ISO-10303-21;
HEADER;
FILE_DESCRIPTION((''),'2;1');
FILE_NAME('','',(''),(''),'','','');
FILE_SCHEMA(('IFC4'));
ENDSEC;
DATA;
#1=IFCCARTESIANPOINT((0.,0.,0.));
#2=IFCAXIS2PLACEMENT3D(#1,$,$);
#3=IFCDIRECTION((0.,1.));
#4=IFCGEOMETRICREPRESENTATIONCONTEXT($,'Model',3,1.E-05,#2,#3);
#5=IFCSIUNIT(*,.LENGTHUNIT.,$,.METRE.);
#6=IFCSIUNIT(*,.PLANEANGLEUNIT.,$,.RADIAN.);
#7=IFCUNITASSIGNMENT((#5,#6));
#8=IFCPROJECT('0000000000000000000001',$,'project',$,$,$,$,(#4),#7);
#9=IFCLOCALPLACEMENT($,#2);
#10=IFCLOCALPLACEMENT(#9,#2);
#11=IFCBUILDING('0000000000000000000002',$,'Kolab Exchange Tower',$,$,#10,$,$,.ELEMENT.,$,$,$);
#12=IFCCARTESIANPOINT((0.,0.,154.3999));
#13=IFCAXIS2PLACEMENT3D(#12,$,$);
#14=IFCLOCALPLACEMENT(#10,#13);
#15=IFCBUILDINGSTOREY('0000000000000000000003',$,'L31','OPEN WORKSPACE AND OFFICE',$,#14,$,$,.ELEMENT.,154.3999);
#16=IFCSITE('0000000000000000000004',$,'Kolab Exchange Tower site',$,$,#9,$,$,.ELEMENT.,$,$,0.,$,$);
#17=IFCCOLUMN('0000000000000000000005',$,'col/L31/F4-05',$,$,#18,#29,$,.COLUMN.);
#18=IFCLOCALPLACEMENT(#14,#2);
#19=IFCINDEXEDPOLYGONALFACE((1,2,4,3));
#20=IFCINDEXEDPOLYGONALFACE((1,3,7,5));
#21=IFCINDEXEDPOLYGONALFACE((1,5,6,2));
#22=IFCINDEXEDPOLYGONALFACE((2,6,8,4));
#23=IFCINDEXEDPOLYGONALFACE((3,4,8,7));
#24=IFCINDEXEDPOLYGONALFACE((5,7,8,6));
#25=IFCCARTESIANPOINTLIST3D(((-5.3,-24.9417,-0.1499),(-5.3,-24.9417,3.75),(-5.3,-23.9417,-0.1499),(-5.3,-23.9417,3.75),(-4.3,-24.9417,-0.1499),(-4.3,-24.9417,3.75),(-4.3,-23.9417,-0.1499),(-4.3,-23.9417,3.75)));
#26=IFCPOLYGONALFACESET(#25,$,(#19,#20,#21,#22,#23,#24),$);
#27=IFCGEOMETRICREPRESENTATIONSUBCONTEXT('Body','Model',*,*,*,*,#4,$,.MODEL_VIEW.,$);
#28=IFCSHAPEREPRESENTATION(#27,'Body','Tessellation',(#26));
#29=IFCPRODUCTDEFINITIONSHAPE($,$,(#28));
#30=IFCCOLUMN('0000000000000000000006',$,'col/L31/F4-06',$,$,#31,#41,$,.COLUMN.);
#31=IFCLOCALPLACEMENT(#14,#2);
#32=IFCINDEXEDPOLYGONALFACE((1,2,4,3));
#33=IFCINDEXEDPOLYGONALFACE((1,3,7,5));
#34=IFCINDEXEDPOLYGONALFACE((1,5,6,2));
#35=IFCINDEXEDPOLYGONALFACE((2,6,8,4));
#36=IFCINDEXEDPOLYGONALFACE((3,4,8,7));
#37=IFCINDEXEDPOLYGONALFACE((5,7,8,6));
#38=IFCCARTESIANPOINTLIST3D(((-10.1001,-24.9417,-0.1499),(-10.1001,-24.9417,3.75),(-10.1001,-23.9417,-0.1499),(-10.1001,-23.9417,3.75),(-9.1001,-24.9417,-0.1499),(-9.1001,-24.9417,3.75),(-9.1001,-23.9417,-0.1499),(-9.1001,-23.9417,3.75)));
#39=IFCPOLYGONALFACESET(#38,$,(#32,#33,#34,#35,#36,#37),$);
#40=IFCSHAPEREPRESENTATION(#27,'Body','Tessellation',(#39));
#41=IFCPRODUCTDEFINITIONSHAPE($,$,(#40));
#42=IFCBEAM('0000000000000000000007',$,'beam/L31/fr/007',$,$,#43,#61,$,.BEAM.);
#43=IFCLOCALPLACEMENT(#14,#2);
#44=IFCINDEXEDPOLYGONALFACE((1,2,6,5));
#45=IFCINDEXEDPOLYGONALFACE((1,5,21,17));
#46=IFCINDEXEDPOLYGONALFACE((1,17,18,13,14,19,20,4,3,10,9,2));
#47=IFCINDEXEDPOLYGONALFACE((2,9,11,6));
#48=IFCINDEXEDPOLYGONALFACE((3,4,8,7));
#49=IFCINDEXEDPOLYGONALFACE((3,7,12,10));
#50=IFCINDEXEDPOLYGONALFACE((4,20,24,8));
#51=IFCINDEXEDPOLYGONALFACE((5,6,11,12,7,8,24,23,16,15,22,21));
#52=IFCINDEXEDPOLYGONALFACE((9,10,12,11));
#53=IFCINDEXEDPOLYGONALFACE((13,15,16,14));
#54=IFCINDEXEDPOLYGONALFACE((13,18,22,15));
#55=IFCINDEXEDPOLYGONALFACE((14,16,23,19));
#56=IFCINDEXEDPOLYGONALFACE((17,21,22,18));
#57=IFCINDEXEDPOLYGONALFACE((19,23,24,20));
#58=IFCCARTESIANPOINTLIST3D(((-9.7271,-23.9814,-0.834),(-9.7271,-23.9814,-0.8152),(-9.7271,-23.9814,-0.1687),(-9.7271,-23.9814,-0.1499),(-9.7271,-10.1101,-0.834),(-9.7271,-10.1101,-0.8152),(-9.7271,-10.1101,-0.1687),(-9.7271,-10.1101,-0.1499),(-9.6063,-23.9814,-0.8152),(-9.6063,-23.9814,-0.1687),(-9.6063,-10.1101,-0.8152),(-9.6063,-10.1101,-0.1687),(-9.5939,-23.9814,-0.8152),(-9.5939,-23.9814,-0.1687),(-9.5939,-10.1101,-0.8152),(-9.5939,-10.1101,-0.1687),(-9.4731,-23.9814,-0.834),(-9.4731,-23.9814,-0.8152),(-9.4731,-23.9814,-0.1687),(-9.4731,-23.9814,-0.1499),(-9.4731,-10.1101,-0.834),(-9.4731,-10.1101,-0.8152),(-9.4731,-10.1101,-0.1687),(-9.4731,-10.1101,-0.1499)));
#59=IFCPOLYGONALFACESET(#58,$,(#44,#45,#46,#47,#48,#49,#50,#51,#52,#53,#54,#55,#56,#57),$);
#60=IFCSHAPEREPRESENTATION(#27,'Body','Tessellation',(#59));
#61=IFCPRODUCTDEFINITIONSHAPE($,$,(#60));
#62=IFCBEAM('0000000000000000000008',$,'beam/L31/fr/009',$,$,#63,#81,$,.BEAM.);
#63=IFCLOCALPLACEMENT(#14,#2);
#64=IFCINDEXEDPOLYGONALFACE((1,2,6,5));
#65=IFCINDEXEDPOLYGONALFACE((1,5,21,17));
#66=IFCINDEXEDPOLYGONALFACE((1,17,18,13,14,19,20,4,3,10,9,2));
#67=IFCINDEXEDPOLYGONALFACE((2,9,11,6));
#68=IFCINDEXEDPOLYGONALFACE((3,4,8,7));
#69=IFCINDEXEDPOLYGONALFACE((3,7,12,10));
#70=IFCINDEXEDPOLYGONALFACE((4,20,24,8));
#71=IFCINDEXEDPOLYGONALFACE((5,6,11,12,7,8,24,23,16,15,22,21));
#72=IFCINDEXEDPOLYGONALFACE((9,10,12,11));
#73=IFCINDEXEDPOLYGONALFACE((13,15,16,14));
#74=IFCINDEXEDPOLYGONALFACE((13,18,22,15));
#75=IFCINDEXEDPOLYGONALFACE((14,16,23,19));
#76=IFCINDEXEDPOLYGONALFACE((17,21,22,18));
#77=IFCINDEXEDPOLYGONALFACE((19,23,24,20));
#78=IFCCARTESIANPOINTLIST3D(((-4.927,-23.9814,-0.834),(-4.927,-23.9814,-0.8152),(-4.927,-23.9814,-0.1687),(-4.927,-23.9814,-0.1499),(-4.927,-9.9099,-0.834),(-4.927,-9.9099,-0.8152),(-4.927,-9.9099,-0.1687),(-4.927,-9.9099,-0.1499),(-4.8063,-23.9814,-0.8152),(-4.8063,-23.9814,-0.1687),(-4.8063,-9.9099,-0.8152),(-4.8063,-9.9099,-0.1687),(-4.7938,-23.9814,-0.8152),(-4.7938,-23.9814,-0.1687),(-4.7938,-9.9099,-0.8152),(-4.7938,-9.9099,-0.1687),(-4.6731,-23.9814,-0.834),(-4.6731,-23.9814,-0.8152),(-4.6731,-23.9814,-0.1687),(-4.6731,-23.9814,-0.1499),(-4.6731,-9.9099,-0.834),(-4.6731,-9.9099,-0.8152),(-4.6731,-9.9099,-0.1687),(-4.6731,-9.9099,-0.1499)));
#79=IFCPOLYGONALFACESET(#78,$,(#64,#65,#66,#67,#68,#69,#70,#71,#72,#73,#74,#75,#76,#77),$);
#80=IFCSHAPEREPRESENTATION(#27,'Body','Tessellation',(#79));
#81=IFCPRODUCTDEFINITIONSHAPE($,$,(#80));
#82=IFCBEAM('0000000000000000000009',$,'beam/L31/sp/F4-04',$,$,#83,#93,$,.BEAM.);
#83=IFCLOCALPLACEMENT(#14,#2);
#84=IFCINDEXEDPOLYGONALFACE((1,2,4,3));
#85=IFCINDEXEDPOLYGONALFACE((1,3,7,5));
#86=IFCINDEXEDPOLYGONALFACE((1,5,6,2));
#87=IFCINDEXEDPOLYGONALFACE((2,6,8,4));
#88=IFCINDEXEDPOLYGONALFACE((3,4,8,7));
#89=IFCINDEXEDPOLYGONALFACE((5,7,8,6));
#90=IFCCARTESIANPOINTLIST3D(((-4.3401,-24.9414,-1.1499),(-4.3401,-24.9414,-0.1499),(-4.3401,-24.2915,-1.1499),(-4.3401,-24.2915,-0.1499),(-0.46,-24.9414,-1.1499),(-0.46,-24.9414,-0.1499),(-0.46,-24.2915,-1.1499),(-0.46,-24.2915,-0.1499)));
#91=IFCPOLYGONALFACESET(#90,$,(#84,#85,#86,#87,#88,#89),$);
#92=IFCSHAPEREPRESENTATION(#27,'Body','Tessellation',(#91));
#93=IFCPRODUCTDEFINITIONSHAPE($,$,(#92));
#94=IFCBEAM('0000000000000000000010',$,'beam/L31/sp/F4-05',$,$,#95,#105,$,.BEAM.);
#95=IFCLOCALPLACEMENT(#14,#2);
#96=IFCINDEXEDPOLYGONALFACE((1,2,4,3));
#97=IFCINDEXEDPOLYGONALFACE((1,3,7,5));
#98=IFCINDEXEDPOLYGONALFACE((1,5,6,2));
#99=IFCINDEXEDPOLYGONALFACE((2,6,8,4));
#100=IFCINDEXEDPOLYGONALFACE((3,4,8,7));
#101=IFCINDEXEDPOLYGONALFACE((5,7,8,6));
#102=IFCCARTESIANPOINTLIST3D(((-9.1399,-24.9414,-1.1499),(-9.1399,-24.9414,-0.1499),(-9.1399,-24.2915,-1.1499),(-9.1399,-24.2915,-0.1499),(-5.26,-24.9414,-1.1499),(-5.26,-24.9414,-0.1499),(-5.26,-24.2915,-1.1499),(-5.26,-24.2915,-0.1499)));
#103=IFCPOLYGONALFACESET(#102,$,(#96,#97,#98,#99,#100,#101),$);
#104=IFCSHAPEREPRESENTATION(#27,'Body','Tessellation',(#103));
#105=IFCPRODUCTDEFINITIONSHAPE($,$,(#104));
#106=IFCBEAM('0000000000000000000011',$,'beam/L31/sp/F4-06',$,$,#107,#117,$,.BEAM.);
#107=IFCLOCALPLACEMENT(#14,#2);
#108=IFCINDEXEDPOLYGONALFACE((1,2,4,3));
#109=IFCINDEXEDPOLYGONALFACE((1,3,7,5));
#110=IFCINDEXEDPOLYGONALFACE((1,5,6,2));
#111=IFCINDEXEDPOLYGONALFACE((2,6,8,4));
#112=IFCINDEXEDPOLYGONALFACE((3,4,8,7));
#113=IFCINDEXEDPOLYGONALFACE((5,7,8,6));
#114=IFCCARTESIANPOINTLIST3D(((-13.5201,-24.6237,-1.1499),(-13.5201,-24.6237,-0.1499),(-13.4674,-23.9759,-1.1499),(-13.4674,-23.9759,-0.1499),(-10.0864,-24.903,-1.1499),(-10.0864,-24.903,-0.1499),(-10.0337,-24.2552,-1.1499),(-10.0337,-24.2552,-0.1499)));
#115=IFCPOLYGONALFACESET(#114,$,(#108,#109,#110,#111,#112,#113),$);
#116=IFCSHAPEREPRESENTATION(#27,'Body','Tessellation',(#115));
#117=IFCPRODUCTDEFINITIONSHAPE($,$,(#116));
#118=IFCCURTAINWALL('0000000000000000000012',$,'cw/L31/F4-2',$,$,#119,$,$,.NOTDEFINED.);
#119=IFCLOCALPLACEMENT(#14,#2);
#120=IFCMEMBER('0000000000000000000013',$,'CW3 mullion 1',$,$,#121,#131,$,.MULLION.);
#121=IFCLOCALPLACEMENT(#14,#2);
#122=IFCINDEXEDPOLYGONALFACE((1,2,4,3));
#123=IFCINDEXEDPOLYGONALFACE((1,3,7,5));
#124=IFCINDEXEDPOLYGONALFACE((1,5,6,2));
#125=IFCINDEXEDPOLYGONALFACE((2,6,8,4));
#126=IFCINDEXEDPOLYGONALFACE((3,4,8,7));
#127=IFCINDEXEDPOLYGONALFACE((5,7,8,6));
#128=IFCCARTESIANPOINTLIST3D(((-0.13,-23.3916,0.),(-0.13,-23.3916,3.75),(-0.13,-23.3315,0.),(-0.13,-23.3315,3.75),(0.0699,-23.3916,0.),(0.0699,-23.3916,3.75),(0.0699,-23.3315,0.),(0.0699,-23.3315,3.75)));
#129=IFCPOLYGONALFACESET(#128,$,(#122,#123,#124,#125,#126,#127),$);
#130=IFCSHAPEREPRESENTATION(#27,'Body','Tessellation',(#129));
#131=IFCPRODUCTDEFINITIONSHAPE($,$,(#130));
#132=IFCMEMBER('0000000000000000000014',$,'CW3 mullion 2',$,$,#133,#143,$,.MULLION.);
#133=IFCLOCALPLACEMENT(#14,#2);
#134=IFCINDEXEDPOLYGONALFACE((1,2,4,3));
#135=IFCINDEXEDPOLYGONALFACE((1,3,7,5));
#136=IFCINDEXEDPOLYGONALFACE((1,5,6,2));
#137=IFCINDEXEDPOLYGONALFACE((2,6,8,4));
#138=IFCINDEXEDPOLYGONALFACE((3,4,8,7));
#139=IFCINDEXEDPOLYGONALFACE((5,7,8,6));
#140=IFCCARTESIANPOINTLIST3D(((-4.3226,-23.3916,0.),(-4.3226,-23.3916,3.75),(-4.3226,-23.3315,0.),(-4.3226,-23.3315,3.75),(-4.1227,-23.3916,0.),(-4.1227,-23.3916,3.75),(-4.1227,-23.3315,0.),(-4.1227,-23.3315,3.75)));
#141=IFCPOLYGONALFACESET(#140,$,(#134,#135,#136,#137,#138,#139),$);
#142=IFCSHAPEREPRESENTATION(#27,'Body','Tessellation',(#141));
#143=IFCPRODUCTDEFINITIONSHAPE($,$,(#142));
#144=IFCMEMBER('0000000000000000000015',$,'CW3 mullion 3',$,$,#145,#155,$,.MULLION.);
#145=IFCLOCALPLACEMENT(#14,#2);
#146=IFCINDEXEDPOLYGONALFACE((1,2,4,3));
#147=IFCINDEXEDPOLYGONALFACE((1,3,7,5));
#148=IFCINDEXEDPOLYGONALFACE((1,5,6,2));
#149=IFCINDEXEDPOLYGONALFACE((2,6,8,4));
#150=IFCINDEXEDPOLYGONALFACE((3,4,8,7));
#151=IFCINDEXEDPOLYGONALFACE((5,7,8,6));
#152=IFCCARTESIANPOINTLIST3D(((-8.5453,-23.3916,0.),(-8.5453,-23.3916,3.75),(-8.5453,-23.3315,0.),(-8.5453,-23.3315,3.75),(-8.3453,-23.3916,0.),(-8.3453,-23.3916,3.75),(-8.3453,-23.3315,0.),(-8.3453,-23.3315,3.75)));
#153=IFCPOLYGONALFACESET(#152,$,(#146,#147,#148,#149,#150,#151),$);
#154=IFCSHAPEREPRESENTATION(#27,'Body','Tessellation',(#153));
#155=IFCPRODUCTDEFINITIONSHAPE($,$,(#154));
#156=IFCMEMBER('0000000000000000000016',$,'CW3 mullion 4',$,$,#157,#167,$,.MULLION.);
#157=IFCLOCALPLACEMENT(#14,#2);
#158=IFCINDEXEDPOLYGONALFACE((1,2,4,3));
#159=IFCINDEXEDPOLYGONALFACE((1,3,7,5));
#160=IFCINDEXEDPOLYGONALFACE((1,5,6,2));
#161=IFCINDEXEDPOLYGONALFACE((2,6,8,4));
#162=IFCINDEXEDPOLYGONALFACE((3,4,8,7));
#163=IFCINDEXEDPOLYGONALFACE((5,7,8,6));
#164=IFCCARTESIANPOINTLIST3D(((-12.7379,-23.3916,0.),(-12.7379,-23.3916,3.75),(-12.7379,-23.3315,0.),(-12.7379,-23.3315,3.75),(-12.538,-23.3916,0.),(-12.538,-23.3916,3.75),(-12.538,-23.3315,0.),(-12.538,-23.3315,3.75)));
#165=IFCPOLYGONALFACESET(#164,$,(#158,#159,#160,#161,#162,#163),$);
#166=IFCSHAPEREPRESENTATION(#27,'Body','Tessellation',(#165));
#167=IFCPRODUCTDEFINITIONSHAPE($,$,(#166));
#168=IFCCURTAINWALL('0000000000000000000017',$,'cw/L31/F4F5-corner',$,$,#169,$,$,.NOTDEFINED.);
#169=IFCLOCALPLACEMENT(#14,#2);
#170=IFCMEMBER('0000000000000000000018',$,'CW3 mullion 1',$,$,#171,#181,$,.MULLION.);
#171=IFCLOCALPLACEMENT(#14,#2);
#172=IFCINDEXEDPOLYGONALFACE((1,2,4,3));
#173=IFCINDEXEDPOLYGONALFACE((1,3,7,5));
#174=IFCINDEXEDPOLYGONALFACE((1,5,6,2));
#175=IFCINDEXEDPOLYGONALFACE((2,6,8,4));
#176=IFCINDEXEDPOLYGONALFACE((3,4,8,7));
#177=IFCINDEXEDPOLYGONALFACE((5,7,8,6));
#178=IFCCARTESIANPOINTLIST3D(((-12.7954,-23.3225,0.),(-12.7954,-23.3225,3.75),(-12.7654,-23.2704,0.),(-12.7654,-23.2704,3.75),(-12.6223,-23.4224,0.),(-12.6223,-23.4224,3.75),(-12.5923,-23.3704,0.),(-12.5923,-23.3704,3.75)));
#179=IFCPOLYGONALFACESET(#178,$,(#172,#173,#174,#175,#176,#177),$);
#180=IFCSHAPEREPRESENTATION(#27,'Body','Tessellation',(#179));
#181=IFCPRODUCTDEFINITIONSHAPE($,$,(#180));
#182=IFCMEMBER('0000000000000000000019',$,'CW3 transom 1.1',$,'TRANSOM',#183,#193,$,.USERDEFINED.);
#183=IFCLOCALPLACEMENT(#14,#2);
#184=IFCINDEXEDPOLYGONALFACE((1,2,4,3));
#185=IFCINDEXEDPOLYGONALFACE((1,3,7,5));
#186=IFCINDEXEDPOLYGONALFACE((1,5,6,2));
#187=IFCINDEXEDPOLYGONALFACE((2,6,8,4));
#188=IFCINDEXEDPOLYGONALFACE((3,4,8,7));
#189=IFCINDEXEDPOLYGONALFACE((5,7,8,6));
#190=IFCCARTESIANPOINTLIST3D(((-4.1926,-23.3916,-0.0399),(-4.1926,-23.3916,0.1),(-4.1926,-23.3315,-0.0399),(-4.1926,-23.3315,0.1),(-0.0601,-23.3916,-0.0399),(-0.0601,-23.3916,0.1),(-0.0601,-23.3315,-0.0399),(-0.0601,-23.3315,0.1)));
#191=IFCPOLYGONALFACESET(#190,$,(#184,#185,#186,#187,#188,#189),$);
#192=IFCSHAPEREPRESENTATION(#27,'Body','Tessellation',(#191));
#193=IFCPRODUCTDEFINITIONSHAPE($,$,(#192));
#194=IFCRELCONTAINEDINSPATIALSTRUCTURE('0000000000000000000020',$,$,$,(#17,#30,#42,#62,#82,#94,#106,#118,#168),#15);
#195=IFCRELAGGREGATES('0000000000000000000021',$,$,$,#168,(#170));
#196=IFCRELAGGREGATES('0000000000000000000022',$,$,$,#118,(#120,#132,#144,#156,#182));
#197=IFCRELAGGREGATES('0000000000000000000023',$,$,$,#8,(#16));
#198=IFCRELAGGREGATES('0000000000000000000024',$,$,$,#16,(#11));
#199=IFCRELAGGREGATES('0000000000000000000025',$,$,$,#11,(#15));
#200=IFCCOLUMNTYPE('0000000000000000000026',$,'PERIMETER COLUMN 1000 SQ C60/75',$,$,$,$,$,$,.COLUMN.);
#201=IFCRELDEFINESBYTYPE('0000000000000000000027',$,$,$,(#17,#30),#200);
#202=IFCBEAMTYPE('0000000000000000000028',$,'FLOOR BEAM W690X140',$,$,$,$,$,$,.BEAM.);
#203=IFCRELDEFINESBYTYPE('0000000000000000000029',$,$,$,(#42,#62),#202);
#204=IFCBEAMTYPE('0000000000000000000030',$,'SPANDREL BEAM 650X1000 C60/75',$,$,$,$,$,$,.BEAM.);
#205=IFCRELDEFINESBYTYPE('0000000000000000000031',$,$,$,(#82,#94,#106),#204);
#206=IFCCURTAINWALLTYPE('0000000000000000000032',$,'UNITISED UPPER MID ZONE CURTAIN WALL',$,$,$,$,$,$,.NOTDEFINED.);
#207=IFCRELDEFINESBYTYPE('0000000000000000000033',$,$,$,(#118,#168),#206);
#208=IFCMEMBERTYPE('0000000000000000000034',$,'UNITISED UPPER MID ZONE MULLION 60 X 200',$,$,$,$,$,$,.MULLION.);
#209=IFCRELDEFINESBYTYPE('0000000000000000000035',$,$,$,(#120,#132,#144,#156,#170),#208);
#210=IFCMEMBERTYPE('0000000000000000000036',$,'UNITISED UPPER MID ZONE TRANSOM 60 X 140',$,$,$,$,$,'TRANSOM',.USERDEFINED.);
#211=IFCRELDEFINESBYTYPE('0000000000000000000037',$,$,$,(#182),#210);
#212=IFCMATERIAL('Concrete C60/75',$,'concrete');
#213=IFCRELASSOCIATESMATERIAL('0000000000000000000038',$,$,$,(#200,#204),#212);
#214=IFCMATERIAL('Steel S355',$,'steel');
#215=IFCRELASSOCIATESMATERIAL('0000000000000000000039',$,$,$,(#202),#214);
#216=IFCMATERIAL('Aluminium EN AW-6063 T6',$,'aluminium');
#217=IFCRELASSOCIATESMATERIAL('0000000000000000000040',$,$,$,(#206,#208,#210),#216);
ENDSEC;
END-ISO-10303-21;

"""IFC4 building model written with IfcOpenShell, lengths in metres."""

from ifc_helpers import new_model, si_unit, direction, frame, origin, origin_2d, place, context, subcontext, project, spatial, rectangle, i_section, extrude, material, material_profile, profile_set, type_object, element, aggregate, save


model = new_model("IFC4")

# Units and contexts
model_context = context("Model", 3, precision=1e-05, world=origin(), true_north=direction((0.0, 1.0)))
body_context = subcontext(model_context, "Body", "Model", "MODEL_VIEW")
ifc_project = project(units=[si_unit("LENGTHUNIT", "METRE"), si_unit("PLANEANGLEUNIT", "RADIAN")], contexts=[model_context])

# Site, building, storey
site_placement = place(None, origin())
site = spatial("IfcSite", under=ifc_project, at=site_placement, Name="Kolab Exchange Tower site", CompositionType="ELEMENT", RefElevation=0.0)
building_placement = place(site_placement, origin())
building = spatial("IfcBuilding", under=site, at=building_placement, Name="Kolab Exchange Tower", CompositionType="ELEMENT")
storey_placement = place(building_placement, frame((0.0, 0.0, 154.3999)))
storey = spatial("IfcBuildingStorey", under=building, at=storey_placement, Name="L31", Description="OPEN WORKSPACE AND OFFICE", CompositionType="ELEMENT", Elevation=154.3999)

# Columns
ifc_material_1 = material(Name="Concrete C60/75", Category="concrete")
ifc_material_profile_1 = material_profile(ifc_material_1, rectangle(XDim=1.0, YDim=1.0, at=origin_2d()), Name="RC1000")
ifc_profile_set_1 = profile_set([ifc_material_profile_1], Name="Concrete C60/75")
column_type = type_object("IfcColumnType", Name="PERIMETER COLUMN 1000 SQ C60/75", PredefinedType="COLUMN", material=ifc_profile_set_1)
for number, where, z_axis, x_axis, name in (
    (1, (-4.8, -24.4417, -0.1499), (0.0, 0.0, 1.0), (1.0, 0.0, 0.0), "col/L31/F4-05"),
    (2, (-9.6001, -24.4417, -0.1499), (0.0, 0.0, 1.0), (1.0, 0.0, 0.0), "col/L31/F4-06"),
):
    element("IfcColumn", number, at=place(storey_placement, frame(where, z_axis=z_axis, x_axis=x_axis)), inside=storey, type_object=column_type, Name=name, PredefinedType="COLUMN", context=body_context, shape_type="SweptSolid", body=[
        extrude(rectangle(XDim=1.0, YDim=1.0, at=origin_2d()), origin(), (0.0, 0.0, 1.0), 3.8999),
    ])

# Beams
ifc_material_2 = material(Name="Steel S355", Category="steel")
ifc_material_profile_2 = material_profile(ifc_material_2, i_section(OverallWidth=0.2539, OverallDepth=0.6841, WebThickness=0.0125, FlangeThickness=0.0188, at=origin_2d()), Name="W690X140")
ifc_profile_set_2 = profile_set([ifc_material_profile_2], Name="Steel S355")
beam_type_1 = type_object("IfcBeamType", Name="FLOOR BEAM W690X140", PredefinedType="BEAM", material=ifc_profile_set_2)
beam_1_placement = place(storey_placement, frame((-9.6001, -23.9814, -0.4919), z_axis=(0.0, 1.0, 0.0), x_axis=(-1.0, 0.0, 0.0)))
element("IfcBeam", 3, at=beam_1_placement, inside=storey, type_object=beam_type_1, Name="beam/L31/fr/007", PredefinedType="BEAM", context=body_context, shape_type="SweptSolid", body=[
    extrude(i_section(OverallWidth=0.2539, OverallDepth=0.6841, WebThickness=0.0125, FlangeThickness=0.0188, at=origin_2d()), origin(), (0.0, 0.0, 1.0), 13.8713),
])
beam_2_placement = place(storey_placement, frame((-4.8, -23.9814, -0.4919), z_axis=(0.0, 1.0, 0.0), x_axis=(-1.0, 0.0, 0.0)))
element("IfcBeam", 4, at=beam_2_placement, inside=storey, type_object=beam_type_1, Name="beam/L31/fr/009", PredefinedType="BEAM", context=body_context, shape_type="SweptSolid", body=[
    extrude(i_section(OverallWidth=0.2539, OverallDepth=0.6841, WebThickness=0.0125, FlangeThickness=0.0188, at=origin_2d()), origin(), (0.0, 0.0, 1.0), 14.0715),
])
ifc_material_profile_3 = material_profile(ifc_material_1, rectangle(XDim=0.6499, YDim=1.0, at=origin_2d()), Name="RC650X1000")
ifc_profile_set_3 = profile_set([ifc_material_profile_3], Name="Concrete C60/75")
beam_type_2 = type_object("IfcBeamType", Name="SPANDREL BEAM 650X1000 C60/75", PredefinedType="BEAM", material=ifc_profile_set_3)
beam_3_placement = place(storey_placement, frame((-0.46, -24.6165, -0.6499), z_axis=(-1.0, 0.0, 0.0), x_axis=(0.0, -1.0, 0.0)))
element("IfcBeam", 5, at=beam_3_placement, inside=storey, type_object=beam_type_2, Name="beam/L31/sp/F4-04", PredefinedType="BEAM", context=body_context, shape_type="SweptSolid", body=[
    extrude(rectangle(XDim=0.6499, YDim=1.0, at=origin_2d()), origin(), (0.0, 0.0, 1.0), 3.8801),
])
beam_4_placement = place(storey_placement, frame((-5.26, -24.6165, -0.6499), z_axis=(-1.0, 0.0, 0.0), x_axis=(0.0, -1.0, 0.0)))
element("IfcBeam", 6, at=beam_4_placement, inside=storey, type_object=beam_type_2, Name="beam/L31/sp/F4-05", PredefinedType="BEAM", context=body_context, shape_type="SweptSolid", body=[
    extrude(rectangle(XDim=0.6499, YDim=1.0, at=origin_2d()), origin(), (0.0, 0.0, 1.0), 3.8799),
])
beam_5_placement = place(storey_placement, frame((-10.0601, -24.5791, -0.6499), z_axis=(-0.996708, 0.081069, 0.0), x_axis=(-0.081069, -0.996708, 0.0)))
element("IfcBeam", 7, at=beam_5_placement, inside=storey, type_object=beam_type_2, Name="beam/L31/sp/F4-06", PredefinedType="BEAM", context=body_context, shape_type="SweptSolid", body=[
    extrude(rectangle(XDim=0.6499, YDim=1.0, at=origin_2d()), origin(), (0.0, 0.0, 1.0), 3.4451),
])

# Curtain wall, members
ifc_material_3 = material(Name="Aluminium EN AW-6063 T6", Category="aluminium")
curtain_wall_type = type_object("IfcCurtainWallType", Name="UNITISED UPPER MID ZONE CURTAIN WALL", PredefinedType="NOTDEFINED", material=ifc_material_3)
curtain_wall_1_placement = place(storey_placement, origin())
curtain_wall_1 = element("IfcCurtainWall", 8, at=curtain_wall_1_placement, inside=storey, type_object=curtain_wall_type, Name="cw/L31/F4-2", PredefinedType="NOTDEFINED")
ifc_material_profile_4 = material_profile(ifc_material_3, rectangle(XDim=0.0601, YDim=0.2, at=origin_2d()), Name="RECT 60X200")
ifc_profile_set_4 = profile_set([ifc_material_profile_4], Name="Aluminium EN AW-6063 T6")
member_type_1 = type_object("IfcMemberType", Name="UNITISED UPPER MID ZONE MULLION 60 X 200", PredefinedType="MULLION", material=ifc_profile_set_4)
member_1_placement = place(storey_placement, frame((-0.03, -23.3616, 0.0), z_axis=(0.0, 0.0, 1.0), x_axis=(0.0, -1.0, 0.0)))
member_1 = element("IfcMember", 9, at=member_1_placement, type_object=member_type_1, Name="CW3 mullion 1", PredefinedType="MULLION", context=body_context, shape_type="SweptSolid", body=[
    extrude(rectangle(XDim=0.0601, YDim=0.2, at=origin_2d()), origin(), (0.0, 0.0, 1.0), 3.75),
])
member_2_placement = place(storey_placement, frame((-4.2227, -23.3616, 0.0), z_axis=(0.0, 0.0, 1.0), x_axis=(0.0, -1.0, 0.0)))
member_2 = element("IfcMember", 10, at=member_2_placement, type_object=member_type_1, Name="CW3 mullion 2", PredefinedType="MULLION", context=body_context, shape_type="SweptSolid", body=[
    extrude(rectangle(XDim=0.0601, YDim=0.2, at=origin_2d()), origin(), (0.0, 0.0, 1.0), 3.75),
])
member_3_placement = place(storey_placement, frame((-8.4453, -23.3616, 0.0), z_axis=(0.0, 0.0, 1.0), x_axis=(0.0, -1.0, 0.0)))
member_3 = element("IfcMember", 11, at=member_3_placement, type_object=member_type_1, Name="CW3 mullion 3", PredefinedType="MULLION", context=body_context, shape_type="SweptSolid", body=[
    extrude(rectangle(XDim=0.0601, YDim=0.2, at=origin_2d()), origin(), (0.0, 0.0, 1.0), 3.75),
])
member_4_placement = place(storey_placement, frame((-12.6379, -23.3616, 0.0), z_axis=(0.0, 0.0, 1.0), x_axis=(0.0, -1.0, 0.0)))
member_4 = element("IfcMember", 12, at=member_4_placement, type_object=member_type_1, Name="CW3 mullion 4", PredefinedType="MULLION", context=body_context, shape_type="SweptSolid", body=[
    extrude(rectangle(XDim=0.0601, YDim=0.2, at=origin_2d()), origin(), (0.0, 0.0, 1.0), 3.75),
])

# Curtain wall, member
curtain_wall_2_placement = place(storey_placement, origin())
curtain_wall_2 = element("IfcCurtainWall", 13, at=curtain_wall_2_placement, inside=storey, type_object=curtain_wall_type, Name="cw/L31/F4F5-corner", PredefinedType="NOTDEFINED")
member_5_placement = place(storey_placement, frame((-12.6938, -23.3464, 0.0), z_axis=(0.0, 0.0, 1.0), x_axis=(-0.5, -0.866025, 0.0)))
member_5 = element("IfcMember", 14, at=member_5_placement, type_object=member_type_1, Name="CW3 mullion 1", PredefinedType="MULLION", context=body_context, shape_type="SweptSolid", body=[
    extrude(rectangle(XDim=0.0601, YDim=0.2, at=origin_2d()), origin(), (0.0, 0.0, 1.0), 3.75),
])

# Member
ifc_material_profile_5 = material_profile(ifc_material_3, rectangle(XDim=0.0601, YDim=0.1399, at=origin_2d()), Name="RECT 60X140")
ifc_profile_set_5 = profile_set([ifc_material_profile_5], Name="Aluminium EN AW-6063 T6")
member_type_2 = type_object("IfcMemberType", Name="UNITISED UPPER MID ZONE TRANSOM 60 X 140", ElementType="TRANSOM", PredefinedType="USERDEFINED", material=ifc_profile_set_5)
member_6_placement = place(storey_placement, frame((-0.0601, -23.3616, 0.03), z_axis=(-1.0, 0.0, 0.0), x_axis=(0.0, -1.0, 0.0)))
member_6 = element("IfcMember", 15, at=member_6_placement, type_object=member_type_2, Name="CW3 transom 1.1", ObjectType="TRANSOM", PredefinedType="USERDEFINED", context=body_context, shape_type="SweptSolid", body=[
    extrude(rectangle(XDim=0.0601, YDim=0.1399, at=origin_2d()), origin(), (0.0, 0.0, 1.0), 4.1326),
])
aggregate(curtain_wall_2, [member_5])

aggregate(curtain_wall_1, [member_1, member_2, member_3, member_4, member_6])

save(model, "model.ifc")
